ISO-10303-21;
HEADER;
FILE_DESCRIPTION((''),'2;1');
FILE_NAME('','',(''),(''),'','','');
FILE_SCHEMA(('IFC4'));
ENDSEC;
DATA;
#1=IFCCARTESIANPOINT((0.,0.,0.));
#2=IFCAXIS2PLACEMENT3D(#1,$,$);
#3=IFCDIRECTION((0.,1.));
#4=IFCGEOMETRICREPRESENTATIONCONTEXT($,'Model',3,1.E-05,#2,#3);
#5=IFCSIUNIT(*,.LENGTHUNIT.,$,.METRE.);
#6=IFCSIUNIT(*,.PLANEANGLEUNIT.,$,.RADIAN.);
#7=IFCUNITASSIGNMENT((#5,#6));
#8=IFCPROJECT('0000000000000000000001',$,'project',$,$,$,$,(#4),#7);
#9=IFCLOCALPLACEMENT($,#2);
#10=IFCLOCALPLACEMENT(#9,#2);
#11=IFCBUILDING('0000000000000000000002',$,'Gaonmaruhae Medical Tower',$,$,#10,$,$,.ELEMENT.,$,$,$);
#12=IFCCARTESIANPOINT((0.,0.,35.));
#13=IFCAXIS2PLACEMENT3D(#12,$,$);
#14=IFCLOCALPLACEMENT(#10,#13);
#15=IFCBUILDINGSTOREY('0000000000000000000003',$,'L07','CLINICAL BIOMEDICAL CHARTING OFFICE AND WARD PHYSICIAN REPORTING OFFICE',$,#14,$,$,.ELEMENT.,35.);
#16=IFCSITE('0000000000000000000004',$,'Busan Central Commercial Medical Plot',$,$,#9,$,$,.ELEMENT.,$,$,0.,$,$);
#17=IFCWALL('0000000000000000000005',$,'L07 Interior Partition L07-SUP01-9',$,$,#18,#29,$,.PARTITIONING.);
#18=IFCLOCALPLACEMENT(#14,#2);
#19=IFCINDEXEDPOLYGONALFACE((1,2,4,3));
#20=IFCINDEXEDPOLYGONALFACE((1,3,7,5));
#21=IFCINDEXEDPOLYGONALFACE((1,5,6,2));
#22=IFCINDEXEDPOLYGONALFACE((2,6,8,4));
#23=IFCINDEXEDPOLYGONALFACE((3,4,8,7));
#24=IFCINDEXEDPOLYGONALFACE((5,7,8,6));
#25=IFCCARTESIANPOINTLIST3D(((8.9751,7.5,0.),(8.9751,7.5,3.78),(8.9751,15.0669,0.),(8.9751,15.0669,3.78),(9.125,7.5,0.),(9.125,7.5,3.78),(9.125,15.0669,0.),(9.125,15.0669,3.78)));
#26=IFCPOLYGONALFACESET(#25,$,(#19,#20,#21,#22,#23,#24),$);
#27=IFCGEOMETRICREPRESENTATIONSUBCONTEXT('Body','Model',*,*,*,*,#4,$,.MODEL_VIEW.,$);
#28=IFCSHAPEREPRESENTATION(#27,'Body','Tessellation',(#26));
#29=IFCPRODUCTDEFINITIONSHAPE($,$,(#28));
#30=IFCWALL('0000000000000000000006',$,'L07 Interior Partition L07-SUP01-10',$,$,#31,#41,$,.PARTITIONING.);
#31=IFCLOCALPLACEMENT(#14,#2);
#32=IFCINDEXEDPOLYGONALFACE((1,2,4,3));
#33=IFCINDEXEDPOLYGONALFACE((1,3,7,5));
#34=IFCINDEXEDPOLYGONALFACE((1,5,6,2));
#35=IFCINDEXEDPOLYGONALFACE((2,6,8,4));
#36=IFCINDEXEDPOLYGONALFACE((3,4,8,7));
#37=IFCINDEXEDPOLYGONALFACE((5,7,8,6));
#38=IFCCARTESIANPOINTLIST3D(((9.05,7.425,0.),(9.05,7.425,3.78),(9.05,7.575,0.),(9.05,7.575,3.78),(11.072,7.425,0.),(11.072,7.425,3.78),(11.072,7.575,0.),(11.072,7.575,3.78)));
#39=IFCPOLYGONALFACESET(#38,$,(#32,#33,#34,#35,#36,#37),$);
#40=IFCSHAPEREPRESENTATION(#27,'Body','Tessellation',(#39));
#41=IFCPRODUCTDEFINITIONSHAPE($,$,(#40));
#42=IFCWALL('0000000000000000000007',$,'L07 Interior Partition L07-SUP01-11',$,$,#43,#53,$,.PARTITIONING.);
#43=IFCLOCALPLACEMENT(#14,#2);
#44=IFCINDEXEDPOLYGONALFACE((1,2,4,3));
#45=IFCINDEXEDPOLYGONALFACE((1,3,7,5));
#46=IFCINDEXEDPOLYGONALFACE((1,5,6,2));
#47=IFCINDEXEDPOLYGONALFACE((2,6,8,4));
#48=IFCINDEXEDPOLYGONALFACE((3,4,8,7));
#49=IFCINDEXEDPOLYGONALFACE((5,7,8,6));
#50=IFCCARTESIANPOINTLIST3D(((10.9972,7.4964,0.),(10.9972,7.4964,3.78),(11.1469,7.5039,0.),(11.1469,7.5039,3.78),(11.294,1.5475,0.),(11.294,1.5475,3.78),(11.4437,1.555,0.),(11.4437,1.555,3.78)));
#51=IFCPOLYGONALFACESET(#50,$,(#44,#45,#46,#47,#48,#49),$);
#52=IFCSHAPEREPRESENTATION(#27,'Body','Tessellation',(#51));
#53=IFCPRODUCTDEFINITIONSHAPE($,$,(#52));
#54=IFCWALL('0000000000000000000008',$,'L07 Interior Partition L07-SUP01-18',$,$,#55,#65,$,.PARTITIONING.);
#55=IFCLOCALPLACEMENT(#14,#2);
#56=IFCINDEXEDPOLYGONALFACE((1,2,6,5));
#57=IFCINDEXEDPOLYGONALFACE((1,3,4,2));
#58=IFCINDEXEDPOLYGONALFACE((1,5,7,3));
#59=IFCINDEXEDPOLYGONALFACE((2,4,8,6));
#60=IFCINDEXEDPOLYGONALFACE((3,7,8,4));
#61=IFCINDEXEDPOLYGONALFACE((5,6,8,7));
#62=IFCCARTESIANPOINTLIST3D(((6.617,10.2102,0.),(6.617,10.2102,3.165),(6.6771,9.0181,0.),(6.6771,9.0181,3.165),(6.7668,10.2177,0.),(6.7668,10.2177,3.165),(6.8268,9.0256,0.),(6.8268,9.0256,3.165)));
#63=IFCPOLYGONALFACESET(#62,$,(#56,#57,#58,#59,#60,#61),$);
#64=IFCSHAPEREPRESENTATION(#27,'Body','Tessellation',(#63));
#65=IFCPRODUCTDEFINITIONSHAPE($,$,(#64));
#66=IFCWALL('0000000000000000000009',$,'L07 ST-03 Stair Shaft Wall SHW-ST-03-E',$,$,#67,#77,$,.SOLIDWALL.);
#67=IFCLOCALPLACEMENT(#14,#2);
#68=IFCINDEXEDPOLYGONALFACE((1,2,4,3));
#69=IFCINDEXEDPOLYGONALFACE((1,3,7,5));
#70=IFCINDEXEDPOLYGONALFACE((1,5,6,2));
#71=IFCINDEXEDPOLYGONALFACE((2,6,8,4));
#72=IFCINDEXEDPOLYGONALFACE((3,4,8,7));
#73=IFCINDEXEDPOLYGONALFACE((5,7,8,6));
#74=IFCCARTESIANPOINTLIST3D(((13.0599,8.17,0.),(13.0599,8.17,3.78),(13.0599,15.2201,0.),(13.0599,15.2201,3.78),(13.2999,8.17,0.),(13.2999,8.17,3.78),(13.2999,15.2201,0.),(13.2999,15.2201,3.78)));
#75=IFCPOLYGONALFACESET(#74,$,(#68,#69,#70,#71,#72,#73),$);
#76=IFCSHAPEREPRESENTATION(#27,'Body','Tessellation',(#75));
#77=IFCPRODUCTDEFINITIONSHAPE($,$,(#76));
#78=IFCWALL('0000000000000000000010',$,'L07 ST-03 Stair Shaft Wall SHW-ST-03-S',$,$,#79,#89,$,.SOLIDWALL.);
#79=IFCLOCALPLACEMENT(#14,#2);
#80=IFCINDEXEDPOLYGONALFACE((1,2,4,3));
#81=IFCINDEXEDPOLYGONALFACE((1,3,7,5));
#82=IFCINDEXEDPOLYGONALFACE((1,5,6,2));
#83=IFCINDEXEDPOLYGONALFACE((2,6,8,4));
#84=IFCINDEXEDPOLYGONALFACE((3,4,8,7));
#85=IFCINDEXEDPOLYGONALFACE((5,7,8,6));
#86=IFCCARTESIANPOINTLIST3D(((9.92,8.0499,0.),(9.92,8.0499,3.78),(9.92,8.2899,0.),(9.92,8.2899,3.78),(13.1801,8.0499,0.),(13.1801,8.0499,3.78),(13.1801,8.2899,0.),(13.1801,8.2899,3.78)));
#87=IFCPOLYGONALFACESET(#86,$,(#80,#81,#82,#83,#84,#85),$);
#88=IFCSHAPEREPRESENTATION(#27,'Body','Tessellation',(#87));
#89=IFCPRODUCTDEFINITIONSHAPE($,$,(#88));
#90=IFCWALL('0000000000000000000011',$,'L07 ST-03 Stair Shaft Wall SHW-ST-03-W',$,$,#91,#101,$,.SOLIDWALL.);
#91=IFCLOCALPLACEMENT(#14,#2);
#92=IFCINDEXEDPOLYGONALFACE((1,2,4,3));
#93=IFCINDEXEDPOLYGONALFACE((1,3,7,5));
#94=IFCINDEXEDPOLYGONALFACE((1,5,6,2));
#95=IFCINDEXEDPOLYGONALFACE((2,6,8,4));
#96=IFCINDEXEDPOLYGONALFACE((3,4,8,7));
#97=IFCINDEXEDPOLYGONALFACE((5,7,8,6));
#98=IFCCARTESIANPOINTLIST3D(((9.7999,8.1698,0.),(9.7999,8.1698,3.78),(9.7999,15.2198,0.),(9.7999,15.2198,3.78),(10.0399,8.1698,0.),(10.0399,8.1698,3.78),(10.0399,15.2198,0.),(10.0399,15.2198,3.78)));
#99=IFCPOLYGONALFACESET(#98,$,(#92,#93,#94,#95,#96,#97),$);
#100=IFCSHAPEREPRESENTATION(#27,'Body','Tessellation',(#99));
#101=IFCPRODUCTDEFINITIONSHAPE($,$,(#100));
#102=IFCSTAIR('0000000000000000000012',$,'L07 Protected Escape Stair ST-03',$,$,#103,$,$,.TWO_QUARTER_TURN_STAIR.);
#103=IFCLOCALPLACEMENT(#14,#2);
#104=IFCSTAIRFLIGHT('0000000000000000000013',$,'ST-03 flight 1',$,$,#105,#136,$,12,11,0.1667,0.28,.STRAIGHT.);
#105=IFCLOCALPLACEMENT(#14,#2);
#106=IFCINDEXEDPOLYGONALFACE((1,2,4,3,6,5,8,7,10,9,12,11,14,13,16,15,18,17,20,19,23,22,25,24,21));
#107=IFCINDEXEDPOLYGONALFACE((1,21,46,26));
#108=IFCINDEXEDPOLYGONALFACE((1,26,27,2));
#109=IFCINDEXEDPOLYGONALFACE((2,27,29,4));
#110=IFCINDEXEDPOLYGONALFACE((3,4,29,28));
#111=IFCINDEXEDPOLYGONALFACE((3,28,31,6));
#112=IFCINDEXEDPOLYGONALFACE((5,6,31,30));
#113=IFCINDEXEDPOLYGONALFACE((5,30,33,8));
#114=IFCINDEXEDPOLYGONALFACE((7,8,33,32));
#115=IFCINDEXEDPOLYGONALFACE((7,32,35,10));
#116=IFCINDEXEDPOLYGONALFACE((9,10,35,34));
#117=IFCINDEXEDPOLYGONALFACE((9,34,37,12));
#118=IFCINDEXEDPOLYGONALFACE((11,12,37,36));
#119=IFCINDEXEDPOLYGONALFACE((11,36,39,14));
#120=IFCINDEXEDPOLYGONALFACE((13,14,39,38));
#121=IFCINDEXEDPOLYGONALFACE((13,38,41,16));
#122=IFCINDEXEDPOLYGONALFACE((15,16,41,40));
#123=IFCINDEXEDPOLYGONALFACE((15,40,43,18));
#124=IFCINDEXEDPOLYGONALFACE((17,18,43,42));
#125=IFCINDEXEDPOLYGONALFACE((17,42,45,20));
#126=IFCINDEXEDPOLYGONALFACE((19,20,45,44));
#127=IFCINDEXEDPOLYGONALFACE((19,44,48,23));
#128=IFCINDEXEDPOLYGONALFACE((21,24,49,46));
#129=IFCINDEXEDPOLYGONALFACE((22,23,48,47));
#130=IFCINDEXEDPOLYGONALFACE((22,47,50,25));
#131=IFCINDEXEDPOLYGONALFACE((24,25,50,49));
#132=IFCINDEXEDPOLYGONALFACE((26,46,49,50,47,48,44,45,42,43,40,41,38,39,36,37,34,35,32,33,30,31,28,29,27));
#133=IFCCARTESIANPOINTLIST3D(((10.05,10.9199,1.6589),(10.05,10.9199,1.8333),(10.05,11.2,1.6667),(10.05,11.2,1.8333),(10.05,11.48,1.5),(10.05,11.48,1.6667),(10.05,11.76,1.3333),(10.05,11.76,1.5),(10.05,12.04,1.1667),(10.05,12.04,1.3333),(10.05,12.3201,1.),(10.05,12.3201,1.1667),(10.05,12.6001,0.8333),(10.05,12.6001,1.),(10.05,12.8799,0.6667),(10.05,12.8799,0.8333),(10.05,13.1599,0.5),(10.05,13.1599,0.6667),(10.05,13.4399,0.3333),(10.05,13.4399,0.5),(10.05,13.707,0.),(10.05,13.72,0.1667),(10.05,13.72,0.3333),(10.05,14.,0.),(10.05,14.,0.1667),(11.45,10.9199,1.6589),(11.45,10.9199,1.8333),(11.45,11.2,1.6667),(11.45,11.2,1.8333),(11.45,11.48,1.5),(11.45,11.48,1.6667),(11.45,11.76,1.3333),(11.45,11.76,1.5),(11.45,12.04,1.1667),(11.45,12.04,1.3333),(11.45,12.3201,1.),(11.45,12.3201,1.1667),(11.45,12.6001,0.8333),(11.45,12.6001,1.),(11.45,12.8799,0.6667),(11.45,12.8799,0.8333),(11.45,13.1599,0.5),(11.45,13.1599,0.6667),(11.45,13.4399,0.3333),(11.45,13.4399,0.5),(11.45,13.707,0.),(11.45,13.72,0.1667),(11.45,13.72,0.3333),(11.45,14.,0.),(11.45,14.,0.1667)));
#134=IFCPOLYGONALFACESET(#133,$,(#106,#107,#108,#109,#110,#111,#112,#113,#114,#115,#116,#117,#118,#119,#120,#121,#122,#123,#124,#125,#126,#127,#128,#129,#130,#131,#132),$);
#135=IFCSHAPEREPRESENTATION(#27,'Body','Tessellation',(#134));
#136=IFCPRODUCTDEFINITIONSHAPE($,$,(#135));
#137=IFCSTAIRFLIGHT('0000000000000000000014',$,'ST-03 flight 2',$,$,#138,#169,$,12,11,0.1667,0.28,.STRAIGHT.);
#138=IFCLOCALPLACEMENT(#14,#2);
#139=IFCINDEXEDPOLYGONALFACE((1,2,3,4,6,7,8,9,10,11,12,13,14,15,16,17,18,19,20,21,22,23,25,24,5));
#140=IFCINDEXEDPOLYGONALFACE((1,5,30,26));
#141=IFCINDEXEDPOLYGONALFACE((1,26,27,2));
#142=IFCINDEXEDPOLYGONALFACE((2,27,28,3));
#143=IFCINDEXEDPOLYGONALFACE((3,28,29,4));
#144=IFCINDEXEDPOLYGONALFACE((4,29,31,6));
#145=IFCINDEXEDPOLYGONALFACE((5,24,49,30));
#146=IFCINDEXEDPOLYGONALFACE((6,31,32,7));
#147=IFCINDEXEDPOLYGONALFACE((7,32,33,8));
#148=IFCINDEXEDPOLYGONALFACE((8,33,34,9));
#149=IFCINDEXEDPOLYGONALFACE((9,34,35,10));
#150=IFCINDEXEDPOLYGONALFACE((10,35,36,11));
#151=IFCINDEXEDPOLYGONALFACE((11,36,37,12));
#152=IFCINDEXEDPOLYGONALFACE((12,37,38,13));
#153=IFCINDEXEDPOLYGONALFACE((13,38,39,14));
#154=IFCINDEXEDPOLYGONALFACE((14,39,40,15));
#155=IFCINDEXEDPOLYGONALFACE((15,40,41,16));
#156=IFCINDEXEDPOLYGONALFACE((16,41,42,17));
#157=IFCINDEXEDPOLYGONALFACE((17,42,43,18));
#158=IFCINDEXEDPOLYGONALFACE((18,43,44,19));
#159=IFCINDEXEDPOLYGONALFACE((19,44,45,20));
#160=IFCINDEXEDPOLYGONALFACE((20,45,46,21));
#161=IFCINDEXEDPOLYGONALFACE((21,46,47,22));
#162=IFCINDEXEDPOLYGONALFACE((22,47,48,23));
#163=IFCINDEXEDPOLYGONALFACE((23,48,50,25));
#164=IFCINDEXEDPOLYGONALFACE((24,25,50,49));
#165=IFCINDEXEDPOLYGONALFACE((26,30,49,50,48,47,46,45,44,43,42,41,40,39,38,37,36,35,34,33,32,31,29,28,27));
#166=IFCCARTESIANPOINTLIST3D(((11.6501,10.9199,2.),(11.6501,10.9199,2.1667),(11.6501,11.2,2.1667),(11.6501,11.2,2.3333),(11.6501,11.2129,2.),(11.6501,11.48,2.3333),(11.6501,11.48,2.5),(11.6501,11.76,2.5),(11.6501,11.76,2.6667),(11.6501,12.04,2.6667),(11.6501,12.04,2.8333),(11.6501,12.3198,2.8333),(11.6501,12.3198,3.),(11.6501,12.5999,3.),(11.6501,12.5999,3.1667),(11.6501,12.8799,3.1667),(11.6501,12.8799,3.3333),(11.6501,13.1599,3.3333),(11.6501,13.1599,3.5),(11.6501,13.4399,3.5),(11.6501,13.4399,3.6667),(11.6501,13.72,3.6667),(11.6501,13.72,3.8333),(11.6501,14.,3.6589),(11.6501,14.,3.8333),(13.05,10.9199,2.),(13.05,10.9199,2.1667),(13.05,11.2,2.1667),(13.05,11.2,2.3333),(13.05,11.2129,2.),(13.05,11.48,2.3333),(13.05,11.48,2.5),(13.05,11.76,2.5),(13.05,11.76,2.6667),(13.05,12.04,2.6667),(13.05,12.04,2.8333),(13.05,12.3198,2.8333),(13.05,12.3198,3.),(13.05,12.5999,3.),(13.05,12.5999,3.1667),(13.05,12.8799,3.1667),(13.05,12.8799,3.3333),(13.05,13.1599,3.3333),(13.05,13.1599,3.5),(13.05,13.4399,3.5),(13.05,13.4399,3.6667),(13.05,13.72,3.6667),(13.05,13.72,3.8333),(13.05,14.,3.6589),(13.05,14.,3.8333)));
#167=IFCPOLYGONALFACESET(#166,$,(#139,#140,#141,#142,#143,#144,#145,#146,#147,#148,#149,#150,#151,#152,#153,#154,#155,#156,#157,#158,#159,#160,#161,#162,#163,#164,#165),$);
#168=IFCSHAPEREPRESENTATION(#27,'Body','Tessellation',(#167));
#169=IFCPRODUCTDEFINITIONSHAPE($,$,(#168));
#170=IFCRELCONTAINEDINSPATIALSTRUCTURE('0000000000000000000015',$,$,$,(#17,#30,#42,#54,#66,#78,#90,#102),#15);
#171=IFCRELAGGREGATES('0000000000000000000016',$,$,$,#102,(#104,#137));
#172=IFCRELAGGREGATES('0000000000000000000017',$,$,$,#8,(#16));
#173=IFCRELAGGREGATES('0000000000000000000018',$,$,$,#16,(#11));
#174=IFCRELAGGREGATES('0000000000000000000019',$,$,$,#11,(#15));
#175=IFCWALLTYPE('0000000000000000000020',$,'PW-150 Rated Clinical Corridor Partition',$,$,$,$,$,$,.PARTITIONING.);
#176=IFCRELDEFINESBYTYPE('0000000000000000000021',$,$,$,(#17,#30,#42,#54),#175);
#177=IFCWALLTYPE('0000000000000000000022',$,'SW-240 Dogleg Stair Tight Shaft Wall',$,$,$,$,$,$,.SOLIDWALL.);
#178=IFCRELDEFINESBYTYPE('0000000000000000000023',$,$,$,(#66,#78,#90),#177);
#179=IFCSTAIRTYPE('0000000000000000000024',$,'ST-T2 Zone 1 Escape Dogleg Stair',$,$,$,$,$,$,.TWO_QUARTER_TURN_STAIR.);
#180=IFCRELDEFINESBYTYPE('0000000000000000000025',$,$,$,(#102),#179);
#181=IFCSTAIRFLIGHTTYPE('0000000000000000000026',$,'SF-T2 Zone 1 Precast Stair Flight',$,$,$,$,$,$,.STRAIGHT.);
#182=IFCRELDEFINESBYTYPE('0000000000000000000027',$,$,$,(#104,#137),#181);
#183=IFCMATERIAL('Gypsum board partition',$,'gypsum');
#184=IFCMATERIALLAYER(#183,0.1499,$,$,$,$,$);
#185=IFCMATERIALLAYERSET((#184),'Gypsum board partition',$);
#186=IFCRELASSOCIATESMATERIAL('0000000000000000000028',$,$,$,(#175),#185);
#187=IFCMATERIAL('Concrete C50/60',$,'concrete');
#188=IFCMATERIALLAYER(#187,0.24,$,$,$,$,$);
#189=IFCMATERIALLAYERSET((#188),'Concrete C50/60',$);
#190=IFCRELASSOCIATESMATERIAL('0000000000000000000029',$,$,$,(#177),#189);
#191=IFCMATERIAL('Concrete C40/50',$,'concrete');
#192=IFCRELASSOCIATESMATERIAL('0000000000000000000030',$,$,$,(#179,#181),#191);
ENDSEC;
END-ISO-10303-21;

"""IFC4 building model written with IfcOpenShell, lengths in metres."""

from ifc_helpers import new_model, si_unit, direction, frame, frame_2d, origin, place, context, subcontext, project, spatial, polyline, rectangle, outline, extrude, material, layer, layer_set, type_object, element, aggregate, save


model = new_model("IFC4")

# Units and contexts
model_context = context("Model", 3, precision=1e-05, world=origin(), true_north=direction((0.0, 1.0)))
body_context = subcontext(model_context, "Body", "Model", "MODEL_VIEW")
ifc_project = project(units=[si_unit("LENGTHUNIT", "METRE"), si_unit("PLANEANGLEUNIT", "RADIAN")], contexts=[model_context])

# Site, building, storey
site_placement = place(None, origin())
site = spatial("IfcSite", under=ifc_project, at=site_placement, Name="Busan Central Commercial Medical Plot", CompositionType="ELEMENT", RefElevation=0.0)
building_placement = place(site_placement, origin())
building = spatial("IfcBuilding", under=site, at=building_placement, Name="Gaonmaruhae Medical Tower", CompositionType="ELEMENT")
storey_placement = place(building_placement, frame((0.0, 0.0, 35.0)))
storey = spatial("IfcBuildingStorey", under=building, at=storey_placement, Name="L07", Description="CLINICAL BIOMEDICAL CHARTING OFFICE AND WARD PHYSICIAN REPORTING OFFICE", CompositionType="ELEMENT", Elevation=35.0)

# Walls
ifc_material_1 = material(Name="Gypsum board partition", Category="gypsum")
ifc_layer_1 = layer(ifc_material_1, 0.1499)
ifc_layer_set_1 = layer_set([ifc_layer_1], Name="Gypsum board partition")
wall_type_1 = type_object("IfcWallType", Name="PW-150 Rated Clinical Corridor Partition", PredefinedType="PARTITIONING", material=ifc_layer_set_1)
wall_1_placement = place(storey_placement, frame((9.05, 15.0669, 0.0), z_axis=(0.0, 0.0, 1.0), x_axis=(0.0, -1.0, 0.0)))
element("IfcWall", 1, at=wall_1_placement, inside=storey, type_object=wall_type_1, Name="L07 Interior Partition L07-SUP01-9", PredefinedType="PARTITIONING", context=body_context, shape_type="SweptSolid", body=[
    extrude(rectangle(XDim=7.5669, YDim=0.1499, at=frame_2d((3.7834, 0.0))), origin(), (0.0, 0.0, 1.0), 3.78),
])
wall_2_placement = place(storey_placement, frame((9.05, 7.5, 0.0), z_axis=(0.0, 0.0, 1.0), x_axis=(1.0, 0.0, 0.0)))
element("IfcWall", 2, at=wall_2_placement, inside=storey, type_object=wall_type_1, Name="L07 Interior Partition L07-SUP01-10", PredefinedType="PARTITIONING", context=body_context, shape_type="SweptSolid", body=[
    extrude(rectangle(XDim=2.022, YDim=0.1499, at=frame_2d((1.011, 0.0))), origin(), (0.0, 0.0, 1.0), 3.78),
])
wall_3_placement = place(storey_placement, frame((11.072, 7.5, 0.0), z_axis=(0.0, 0.0, 1.0), x_axis=(0.049842, -0.998757, 0.0)))
element("IfcWall", 3, at=wall_3_placement, inside=storey, type_object=wall_type_1, Name="L07 Interior Partition L07-SUP01-11", PredefinedType="PARTITIONING", context=body_context, shape_type="SweptSolid", body=[
    extrude(rectangle(XDim=5.9563, YDim=0.1499, at=frame_2d((2.978, 0.0))), origin(), (0.0, 0.0, 1.0), 3.78),
])
wall_4_placement = place(storey_placement, frame((6.752, 9.022, 0.0), z_axis=(0.0, 0.0, 1.0), x_axis=(-0.050315, 0.998733, 0.0)))
element("IfcWall", 4, at=wall_4_placement, inside=storey, type_object=wall_type_1, Name="L07 Interior Partition L07-SUP01-18", PredefinedType="PARTITIONING", context=body_context, shape_type="SweptSolid", body=[
    extrude(rectangle(XDim=1.1936, YDim=0.1499, at=frame_2d((0.5967, 0.0))), origin(), (0.0, 0.0, 1.0), 3.165),
])

# Shared definitions
ifc_material_2 = material(Name="Concrete C50/60", Category="concrete")
ifc_layer_2 = layer(ifc_material_2, 0.24)
ifc_layer_set_2 = layer_set([ifc_layer_2], Name="Concrete C50/60")
wall_type_2 = type_object("IfcWallType", Name="SW-240 Dogleg Stair Tight Shaft Wall", PredefinedType="SOLIDWALL", material=ifc_layer_set_2)

# Walls
wall_5_placement = place(storey_placement, frame((13.1799, 15.22, 0.0), z_axis=(0.0, 0.0, 1.0), x_axis=(0.0, -1.0, 0.0)))
element("IfcWall", 5, at=wall_5_placement, inside=storey, type_object=wall_type_2, Name="L07 ST-03 Stair Shaft Wall SHW-ST-03-E", PredefinedType="SOLIDWALL", context=body_context, shape_type="SweptSolid", body=[
    extrude(rectangle(XDim=7.05, YDim=0.24, at=frame_2d((3.5249, 0.0))), origin(), (0.0, 0.0, 1.0), 3.78),
])
wall_6_placement = place(storey_placement, frame((13.1799, 8.1699, 0.0), z_axis=(0.0, 0.0, 1.0), x_axis=(-1.0, 0.0, 0.0)))
element("IfcWall", 6, at=wall_6_placement, inside=storey, type_object=wall_type_2, Name="L07 ST-03 Stair Shaft Wall SHW-ST-03-S", PredefinedType="SOLIDWALL", context=body_context, shape_type="SweptSolid", body=[
    extrude(rectangle(XDim=3.26, YDim=0.24, at=frame_2d((1.6299, 0.0))), origin(), (0.0, 0.0, 1.0), 3.78),
])
wall_7_placement = place(storey_placement, frame((9.9199, 8.1699, 0.0), z_axis=(0.0, 0.0, 1.0), x_axis=(0.0, 1.0, 0.0)))
element("IfcWall", 7, at=wall_7_placement, inside=storey, type_object=wall_type_2, Name="L07 ST-03 Stair Shaft Wall SHW-ST-03-W", PredefinedType="SOLIDWALL", context=body_context, shape_type="SweptSolid", body=[
    extrude(rectangle(XDim=7.05, YDim=0.24, at=frame_2d((3.5249, 0.0))), origin(), (0.0, 0.0, 1.0), 3.78),
])

# Stair, stair flights
ifc_material_3 = material(Name="Concrete C40/50", Category="concrete")
stair_type = type_object("IfcStairType", Name="ST-T2 Zone 1 Escape Dogleg Stair", PredefinedType="TWO_QUARTER_TURN_STAIR", material=ifc_material_3)
stair_placement = place(storey_placement, origin())
stair = element("IfcStair", 8, at=stair_placement, inside=storey, type_object=stair_type, Name="L07 Protected Escape Stair ST-03", PredefinedType="TWO_QUARTER_TURN_STAIR")
stair_flight_type = type_object("IfcStairFlightType", Name="SF-T2 Zone 1 Precast Stair Flight", PredefinedType="STRAIGHT", material=ifc_material_3)
stair_flight_1_placement = place(storey_placement, frame((10.75, 14.0, 0.0), z_axis=(0.0, 0.0, 1.0), x_axis=(0.0, -1.0, 0.0)))
stair_flight_1 = element("IfcStairFlight", 9, at=stair_flight_1_placement, type_object=stair_flight_type, Name="ST-03 flight 1", NumberOfRisers=12, NumberOfTreads=11, PredefinedType="STRAIGHT", RiserHeight=0.1667, TreadLength=0.28, context=body_context, shape_type="SweptSolid", body=[
    extrude(outline(polyline([(0.0, 0.0), (0.0, 0.1667), (0.28, 0.1667), (0.28, 0.3333), (0.5601, 0.3333), (0.5601, 0.5), (0.8401, 0.5), (0.8401, 0.6667), (1.1201, 0.6667), (1.1201, 0.8333), (1.3999, 0.8333), (1.3999, 1.0), (1.6799, 1.0), (1.6799, 1.1667), (1.96, 1.1667), (1.96, 1.3333), (2.24, 1.3333), (2.24, 1.5), (2.52, 1.5), (2.52, 1.6667), (2.8, 1.6667), (2.8, 1.8333), (3.0801, 1.8333), (3.0801, 2.0), (3.0801, 1.6589), (0.293, 0.0), (0.0, 0.0)])), frame((0.0, 0.7, 0.0), z_axis=(0.0, -1.0, 0.0), x_axis=(1.0, 0.0, 0.0)), (0.0, 0.0, 1.0), 1.3999),
])
stair_flight_2_placement = place(storey_placement, frame((12.3501, 10.9199, 2.0), z_axis=(0.0, 0.0, 1.0), x_axis=(0.0, 1.0, 0.0)))
stair_flight_2 = element("IfcStairFlight", 10, at=stair_flight_2_placement, type_object=stair_flight_type, Name="ST-03 flight 2", NumberOfRisers=12, NumberOfTreads=11, PredefinedType="STRAIGHT", RiserHeight=0.1667, TreadLength=0.28, context=body_context, shape_type="SweptSolid", body=[
    extrude(outline(polyline([(0.0, 0.0), (0.0, 0.1667), (0.28, 0.1667), (0.28, 0.3333), (0.5601, 0.3333), (0.5601, 0.5), (0.8401, 0.5), (0.8401, 0.6667), (1.1201, 0.6667), (1.1201, 0.8333), (1.3999, 0.8333), (1.3999, 1.0), (1.6799, 1.0), (1.6799, 1.1667), (1.96, 1.1667), (1.96, 1.3333), (2.24, 1.3333), (2.24, 1.5), (2.52, 1.5), (2.52, 1.6667), (2.8, 1.6667), (2.8, 1.8333), (3.0801, 1.8333), (3.0801, 2.0), (3.0801, 1.6589), (0.293, 0.0), (0.0, 0.0)])), frame((0.0, 0.7, 0.0), z_axis=(0.0, -1.0, 0.0), x_axis=(1.0, 0.0, 0.0)), (0.0, 0.0, 1.0), 1.3999),
])
aggregate(stair, [stair_flight_1, stair_flight_2])

save(model, "model.ifc")
